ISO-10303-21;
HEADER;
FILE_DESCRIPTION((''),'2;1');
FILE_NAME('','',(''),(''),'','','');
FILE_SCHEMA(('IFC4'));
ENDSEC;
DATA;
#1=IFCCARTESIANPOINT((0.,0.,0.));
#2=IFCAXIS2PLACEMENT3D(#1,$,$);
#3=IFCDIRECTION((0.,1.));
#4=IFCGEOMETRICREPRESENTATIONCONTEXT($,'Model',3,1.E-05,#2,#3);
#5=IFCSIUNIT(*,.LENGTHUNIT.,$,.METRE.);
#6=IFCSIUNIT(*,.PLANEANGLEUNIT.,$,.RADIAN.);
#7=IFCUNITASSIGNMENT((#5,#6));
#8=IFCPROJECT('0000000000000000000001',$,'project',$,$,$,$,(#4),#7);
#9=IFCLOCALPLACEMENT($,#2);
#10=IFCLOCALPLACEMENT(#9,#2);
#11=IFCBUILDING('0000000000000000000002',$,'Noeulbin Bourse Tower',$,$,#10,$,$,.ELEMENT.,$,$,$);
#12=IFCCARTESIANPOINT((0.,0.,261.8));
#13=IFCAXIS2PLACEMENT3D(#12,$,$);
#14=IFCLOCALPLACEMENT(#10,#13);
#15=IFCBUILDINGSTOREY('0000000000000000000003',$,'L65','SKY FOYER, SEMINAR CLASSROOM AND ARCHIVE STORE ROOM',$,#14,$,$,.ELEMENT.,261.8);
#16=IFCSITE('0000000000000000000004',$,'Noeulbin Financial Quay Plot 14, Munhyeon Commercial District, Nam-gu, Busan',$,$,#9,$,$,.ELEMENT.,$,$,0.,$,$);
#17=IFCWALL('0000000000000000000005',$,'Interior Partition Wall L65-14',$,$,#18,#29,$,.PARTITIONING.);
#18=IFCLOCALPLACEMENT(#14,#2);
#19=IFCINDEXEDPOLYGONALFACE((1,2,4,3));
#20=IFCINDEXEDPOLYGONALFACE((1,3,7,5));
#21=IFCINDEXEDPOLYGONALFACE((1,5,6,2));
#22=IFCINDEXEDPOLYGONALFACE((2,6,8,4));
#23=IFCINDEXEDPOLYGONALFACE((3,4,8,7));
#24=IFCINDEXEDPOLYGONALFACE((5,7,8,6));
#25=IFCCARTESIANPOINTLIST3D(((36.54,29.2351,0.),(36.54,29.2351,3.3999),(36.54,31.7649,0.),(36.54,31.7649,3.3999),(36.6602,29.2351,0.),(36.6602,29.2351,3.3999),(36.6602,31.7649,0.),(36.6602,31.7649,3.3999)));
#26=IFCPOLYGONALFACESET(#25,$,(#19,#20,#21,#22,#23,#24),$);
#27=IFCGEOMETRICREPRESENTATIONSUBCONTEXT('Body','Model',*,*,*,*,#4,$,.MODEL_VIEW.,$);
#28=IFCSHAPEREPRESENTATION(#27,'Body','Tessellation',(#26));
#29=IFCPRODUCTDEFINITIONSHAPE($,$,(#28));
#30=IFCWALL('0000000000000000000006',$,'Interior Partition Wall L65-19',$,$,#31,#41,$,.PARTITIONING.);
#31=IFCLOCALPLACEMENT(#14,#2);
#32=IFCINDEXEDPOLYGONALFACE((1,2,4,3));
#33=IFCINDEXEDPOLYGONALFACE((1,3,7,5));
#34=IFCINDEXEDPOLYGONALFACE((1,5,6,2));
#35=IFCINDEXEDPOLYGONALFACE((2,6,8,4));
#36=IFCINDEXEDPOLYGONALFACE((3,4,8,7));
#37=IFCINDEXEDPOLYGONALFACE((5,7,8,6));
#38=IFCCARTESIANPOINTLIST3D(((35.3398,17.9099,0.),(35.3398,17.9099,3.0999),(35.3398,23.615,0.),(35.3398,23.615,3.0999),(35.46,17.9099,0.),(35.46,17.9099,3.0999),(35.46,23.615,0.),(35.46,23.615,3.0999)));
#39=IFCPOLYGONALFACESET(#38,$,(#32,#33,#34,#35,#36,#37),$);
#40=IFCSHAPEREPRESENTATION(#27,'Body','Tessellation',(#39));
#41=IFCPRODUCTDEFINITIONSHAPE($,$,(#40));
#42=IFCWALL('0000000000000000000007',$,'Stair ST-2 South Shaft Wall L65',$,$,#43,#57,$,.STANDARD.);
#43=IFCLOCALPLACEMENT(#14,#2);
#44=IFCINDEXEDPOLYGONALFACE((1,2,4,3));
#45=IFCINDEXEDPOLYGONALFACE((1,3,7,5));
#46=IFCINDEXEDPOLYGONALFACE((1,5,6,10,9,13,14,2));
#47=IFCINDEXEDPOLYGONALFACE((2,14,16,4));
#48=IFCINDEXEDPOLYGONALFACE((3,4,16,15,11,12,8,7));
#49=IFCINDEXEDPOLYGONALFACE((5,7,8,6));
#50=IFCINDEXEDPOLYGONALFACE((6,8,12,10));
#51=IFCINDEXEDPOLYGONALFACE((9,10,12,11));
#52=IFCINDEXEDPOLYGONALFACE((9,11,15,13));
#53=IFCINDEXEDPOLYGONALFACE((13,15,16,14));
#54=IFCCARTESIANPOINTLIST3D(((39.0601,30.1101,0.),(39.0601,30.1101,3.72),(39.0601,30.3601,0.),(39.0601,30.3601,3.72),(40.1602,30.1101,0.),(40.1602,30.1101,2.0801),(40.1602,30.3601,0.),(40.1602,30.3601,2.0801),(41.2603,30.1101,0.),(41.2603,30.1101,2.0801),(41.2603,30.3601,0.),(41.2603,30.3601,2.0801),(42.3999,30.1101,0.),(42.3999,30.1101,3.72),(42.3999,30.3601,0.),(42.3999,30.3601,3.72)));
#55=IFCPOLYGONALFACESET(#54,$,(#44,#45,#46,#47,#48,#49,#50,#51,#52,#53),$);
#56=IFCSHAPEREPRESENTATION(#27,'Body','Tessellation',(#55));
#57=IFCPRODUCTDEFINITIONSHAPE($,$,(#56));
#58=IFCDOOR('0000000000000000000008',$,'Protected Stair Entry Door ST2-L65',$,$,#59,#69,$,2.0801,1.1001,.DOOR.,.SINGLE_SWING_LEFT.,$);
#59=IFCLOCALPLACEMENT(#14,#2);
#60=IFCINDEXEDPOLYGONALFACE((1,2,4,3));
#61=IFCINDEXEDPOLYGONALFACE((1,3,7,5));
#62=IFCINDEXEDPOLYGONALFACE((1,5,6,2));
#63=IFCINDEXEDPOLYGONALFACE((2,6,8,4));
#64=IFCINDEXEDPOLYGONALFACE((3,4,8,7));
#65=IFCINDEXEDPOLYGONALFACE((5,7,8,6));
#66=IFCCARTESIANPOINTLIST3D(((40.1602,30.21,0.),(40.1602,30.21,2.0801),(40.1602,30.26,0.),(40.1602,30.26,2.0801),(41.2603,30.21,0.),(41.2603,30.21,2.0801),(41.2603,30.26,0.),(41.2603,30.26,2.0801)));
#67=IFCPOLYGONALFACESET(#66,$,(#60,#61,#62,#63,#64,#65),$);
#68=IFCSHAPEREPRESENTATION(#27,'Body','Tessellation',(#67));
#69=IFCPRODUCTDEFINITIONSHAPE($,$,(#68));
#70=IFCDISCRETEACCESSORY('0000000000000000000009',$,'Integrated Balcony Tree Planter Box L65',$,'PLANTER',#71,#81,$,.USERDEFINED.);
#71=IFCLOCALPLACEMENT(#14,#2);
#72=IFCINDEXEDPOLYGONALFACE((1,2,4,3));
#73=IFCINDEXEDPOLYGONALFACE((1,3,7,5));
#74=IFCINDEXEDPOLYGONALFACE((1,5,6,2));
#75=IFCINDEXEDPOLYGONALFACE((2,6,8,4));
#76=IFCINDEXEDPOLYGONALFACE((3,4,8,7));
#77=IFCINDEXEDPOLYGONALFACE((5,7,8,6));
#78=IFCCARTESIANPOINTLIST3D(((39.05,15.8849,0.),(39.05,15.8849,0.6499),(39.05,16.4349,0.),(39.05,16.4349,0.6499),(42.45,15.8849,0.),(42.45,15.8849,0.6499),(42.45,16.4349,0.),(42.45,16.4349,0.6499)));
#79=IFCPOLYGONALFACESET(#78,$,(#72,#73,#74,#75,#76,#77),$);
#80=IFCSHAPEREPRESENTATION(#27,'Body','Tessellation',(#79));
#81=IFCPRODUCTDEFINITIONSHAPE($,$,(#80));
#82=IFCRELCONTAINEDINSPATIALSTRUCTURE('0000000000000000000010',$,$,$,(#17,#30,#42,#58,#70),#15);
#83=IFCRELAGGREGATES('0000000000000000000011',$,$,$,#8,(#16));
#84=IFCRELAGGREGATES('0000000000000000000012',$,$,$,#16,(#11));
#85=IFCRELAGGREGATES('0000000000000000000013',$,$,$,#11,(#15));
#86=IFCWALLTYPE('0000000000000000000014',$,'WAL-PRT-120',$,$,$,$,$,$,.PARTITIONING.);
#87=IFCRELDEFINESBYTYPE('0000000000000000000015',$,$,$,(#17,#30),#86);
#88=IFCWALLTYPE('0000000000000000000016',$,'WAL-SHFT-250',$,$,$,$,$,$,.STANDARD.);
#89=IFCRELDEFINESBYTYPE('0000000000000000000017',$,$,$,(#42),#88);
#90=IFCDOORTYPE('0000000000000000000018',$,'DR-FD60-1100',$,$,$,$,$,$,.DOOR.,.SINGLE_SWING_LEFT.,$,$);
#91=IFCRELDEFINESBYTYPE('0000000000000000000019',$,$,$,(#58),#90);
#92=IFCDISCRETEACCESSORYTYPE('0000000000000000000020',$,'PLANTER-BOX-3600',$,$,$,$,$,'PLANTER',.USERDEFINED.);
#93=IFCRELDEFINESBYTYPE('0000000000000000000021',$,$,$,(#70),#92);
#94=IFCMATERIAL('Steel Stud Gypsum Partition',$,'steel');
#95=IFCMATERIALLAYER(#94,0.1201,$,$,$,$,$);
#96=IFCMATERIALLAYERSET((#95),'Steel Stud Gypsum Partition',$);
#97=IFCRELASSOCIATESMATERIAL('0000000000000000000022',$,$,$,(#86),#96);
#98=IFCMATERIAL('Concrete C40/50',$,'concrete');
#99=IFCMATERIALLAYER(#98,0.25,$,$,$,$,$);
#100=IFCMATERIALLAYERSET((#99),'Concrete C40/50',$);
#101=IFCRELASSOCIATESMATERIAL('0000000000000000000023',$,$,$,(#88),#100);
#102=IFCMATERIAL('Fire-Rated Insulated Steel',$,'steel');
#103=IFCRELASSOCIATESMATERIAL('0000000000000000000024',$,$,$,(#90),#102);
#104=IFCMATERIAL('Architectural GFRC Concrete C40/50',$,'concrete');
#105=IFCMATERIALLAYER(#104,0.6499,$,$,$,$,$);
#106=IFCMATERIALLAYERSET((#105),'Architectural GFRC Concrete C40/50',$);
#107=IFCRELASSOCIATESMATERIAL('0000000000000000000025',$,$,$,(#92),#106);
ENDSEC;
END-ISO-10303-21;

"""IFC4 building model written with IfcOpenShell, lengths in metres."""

from ifc_helpers import new_model, si_unit, direction, frame, frame_2d, origin, origin_2d, place, context, subcontext, project, spatial, rectangle, extrude, material, layer, layer_set, type_object, element, fill, save


model = new_model("IFC4")

# Units and contexts
model_context = context("Model", 3, precision=1e-05, world=origin(), true_north=direction((0.0, 1.0)))
body_context = subcontext(model_context, "Body", "Model", "MODEL_VIEW")
ifc_project = project(units=[si_unit("LENGTHUNIT", "METRE"), si_unit("PLANEANGLEUNIT", "RADIAN")], contexts=[model_context])

# Site, building, storey
site_placement = place(None, origin())
site = spatial("IfcSite", under=ifc_project, at=site_placement, Name="Noeulbin Financial Quay Plot 14, Munhyeon Commercial District, Nam-gu, Busan", CompositionType="ELEMENT", RefElevation=0.0)
building_placement = place(site_placement, origin())
building = spatial("IfcBuilding", under=site, at=building_placement, Name="Noeulbin Bourse Tower", CompositionType="ELEMENT")
storey_placement = place(building_placement, frame((0.0, 0.0, 261.8)))
storey = spatial("IfcBuildingStorey", under=building, at=storey_placement, Name="L65", Description="SKY FOYER, SEMINAR CLASSROOM AND ARCHIVE STORE ROOM", CompositionType="ELEMENT", Elevation=261.8)

# Shared definitions
ifc_material_1 = material(Name="Concrete C40/50", Category="concrete")

# Shared definitions
ifc_material_2 = material(Name="Steel Stud Gypsum Partition", Category="steel")
ifc_layer_1 = layer(ifc_material_2, 0.1201)
ifc_layer_set_1 = layer_set([ifc_layer_1], Name="Steel Stud Gypsum Partition")
wall_type_1 = type_object("IfcWallType", Name="WAL-PRT-120", PredefinedType="PARTITIONING", material=ifc_layer_set_1)

# Walls
wall_1_placement = place(storey_placement, frame((36.6001, 29.2351, 0.0), z_axis=(0.0, 0.0, 1.0), x_axis=(0.0, 1.0, 0.0)))
element("IfcWall", 1, at=wall_1_placement, inside=storey, type_object=wall_type_1, Name="Interior Partition Wall L65-14", PredefinedType="PARTITIONING", context=body_context, shape_type="SweptSolid", body=[
    extrude(rectangle(XDim=2.5298, YDim=0.1201, at=frame_2d((1.2649, 0.0))), origin(), (0.0, 0.0, 1.0), 3.3999),
])
wall_2_placement = place(storey_placement, frame((35.3999, 17.9099, 0.0), z_axis=(0.0, 0.0, 1.0), x_axis=(0.0, 1.0, 0.0)))
element("IfcWall", 2, at=wall_2_placement, inside=storey, type_object=wall_type_1, Name="Interior Partition Wall L65-19", PredefinedType="PARTITIONING", context=body_context, shape_type="SweptSolid", body=[
    extrude(rectangle(XDim=5.7051, YDim=0.1201, at=frame_2d((2.8525, 0.0))), origin(), (0.0, 0.0, 1.0), 3.0999),
])

# Wall, opening, door
ifc_layer_2 = layer(ifc_material_1, 0.25)
ifc_layer_set_2 = layer_set([ifc_layer_2], Name="Concrete C40/50")
wall_type_2 = type_object("IfcWallType", Name="WAL-SHFT-250", PredefinedType="STANDARD", material=ifc_layer_set_2)
wall_3_placement = place(storey_placement, frame((39.0601, 30.2351, 0.0), z_axis=(0.0, 0.0, 1.0), x_axis=(1.0, 0.0, 0.0)))
wall_3 = element("IfcWall", 3, at=wall_3_placement, inside=storey, type_object=wall_type_2, Name="Stair ST-2 South Shaft Wall L65", PredefinedType="STANDARD", context=body_context, shape_type="SweptSolid", body=[
    extrude(rectangle(XDim=3.3398, YDim=0.25, at=frame_2d((1.6699, 0.0))), origin(), (0.0, 0.0, 1.0), 3.72),
])
opening_1_placement = place(wall_3_placement, frame((1.1001, 0.0, 0.0)))
opening_1 = element("IfcOpeningElement", 4, at=opening_1_placement, cuts=wall_3, PredefinedType="OPENING", context=body_context, shape_type="SweptSolid", body=[
    extrude(rectangle(XDim=1.1001, YDim=2.0801, at=frame_2d((0.55, 1.04))), frame((0.0, 0.135, 0.0), z_axis=(0.0, -1.0, 0.0), x_axis=(1.0, 0.0, 0.0)), (0.0, 0.0, 1.0), 0.27),
])
ifc_material_3 = material(Name="Fire-Rated Insulated Steel", Category="steel")
door_type_1 = type_object("IfcDoorType", Name="DR-FD60-1100", OperationType="SINGLE_SWING_LEFT", PredefinedType="DOOR", material=ifc_material_3)
door_1_placement = place(opening_1_placement, origin())
door_1 = element("IfcDoor", 5, at=door_1_placement, inside=storey, type_object=door_type_1, Name="Protected Stair Entry Door ST2-L65", OperationType="SINGLE_SWING_LEFT", OverallHeight=2.0801, OverallWidth=1.1001, PredefinedType="DOOR", context=body_context, shape_type="SweptSolid", body=[
    extrude(rectangle(XDim=1.1001, YDim=2.0801, at=frame_2d((0.55, 1.04))), frame((0.0, 0.0249, 0.0), z_axis=(0.0, -1.0, 0.0), x_axis=(1.0, 0.0, 0.0)), (0.0, 0.0, 1.0), 0.05),
])
fill(opening_1, door_1)

# Discrete accessory
ifc_material_4 = material(Name="Architectural GFRC Concrete C40/50", Category="concrete")
ifc_layer_3 = layer(ifc_material_4, 0.6499)
ifc_layer_set_3 = layer_set([ifc_layer_3], Name="Architectural GFRC Concrete C40/50")
discrete_accessory_type = type_object("IfcDiscreteAccessoryType", Name="PLANTER-BOX-3600", ElementType="PLANTER", PredefinedType="USERDEFINED", material=ifc_layer_set_3)
discrete_accessory_placement = place(storey_placement, frame((40.75, 16.1599, 0.0), z_axis=(0.0, 0.0, 1.0), x_axis=(1.0, 0.0, 0.0)))
element("IfcDiscreteAccessory", 6, at=discrete_accessory_placement, inside=storey, type_object=discrete_accessory_type, Name="Integrated Balcony Tree Planter Box L65", ObjectType="PLANTER", PredefinedType="USERDEFINED", context=body_context, shape_type="SweptSolid", body=[
    extrude(rectangle(XDim=3.3999, YDim=0.55, at=origin_2d()), origin(), (0.0, 0.0, 1.0), 0.6499),
])

save(model, "model.ifc")
